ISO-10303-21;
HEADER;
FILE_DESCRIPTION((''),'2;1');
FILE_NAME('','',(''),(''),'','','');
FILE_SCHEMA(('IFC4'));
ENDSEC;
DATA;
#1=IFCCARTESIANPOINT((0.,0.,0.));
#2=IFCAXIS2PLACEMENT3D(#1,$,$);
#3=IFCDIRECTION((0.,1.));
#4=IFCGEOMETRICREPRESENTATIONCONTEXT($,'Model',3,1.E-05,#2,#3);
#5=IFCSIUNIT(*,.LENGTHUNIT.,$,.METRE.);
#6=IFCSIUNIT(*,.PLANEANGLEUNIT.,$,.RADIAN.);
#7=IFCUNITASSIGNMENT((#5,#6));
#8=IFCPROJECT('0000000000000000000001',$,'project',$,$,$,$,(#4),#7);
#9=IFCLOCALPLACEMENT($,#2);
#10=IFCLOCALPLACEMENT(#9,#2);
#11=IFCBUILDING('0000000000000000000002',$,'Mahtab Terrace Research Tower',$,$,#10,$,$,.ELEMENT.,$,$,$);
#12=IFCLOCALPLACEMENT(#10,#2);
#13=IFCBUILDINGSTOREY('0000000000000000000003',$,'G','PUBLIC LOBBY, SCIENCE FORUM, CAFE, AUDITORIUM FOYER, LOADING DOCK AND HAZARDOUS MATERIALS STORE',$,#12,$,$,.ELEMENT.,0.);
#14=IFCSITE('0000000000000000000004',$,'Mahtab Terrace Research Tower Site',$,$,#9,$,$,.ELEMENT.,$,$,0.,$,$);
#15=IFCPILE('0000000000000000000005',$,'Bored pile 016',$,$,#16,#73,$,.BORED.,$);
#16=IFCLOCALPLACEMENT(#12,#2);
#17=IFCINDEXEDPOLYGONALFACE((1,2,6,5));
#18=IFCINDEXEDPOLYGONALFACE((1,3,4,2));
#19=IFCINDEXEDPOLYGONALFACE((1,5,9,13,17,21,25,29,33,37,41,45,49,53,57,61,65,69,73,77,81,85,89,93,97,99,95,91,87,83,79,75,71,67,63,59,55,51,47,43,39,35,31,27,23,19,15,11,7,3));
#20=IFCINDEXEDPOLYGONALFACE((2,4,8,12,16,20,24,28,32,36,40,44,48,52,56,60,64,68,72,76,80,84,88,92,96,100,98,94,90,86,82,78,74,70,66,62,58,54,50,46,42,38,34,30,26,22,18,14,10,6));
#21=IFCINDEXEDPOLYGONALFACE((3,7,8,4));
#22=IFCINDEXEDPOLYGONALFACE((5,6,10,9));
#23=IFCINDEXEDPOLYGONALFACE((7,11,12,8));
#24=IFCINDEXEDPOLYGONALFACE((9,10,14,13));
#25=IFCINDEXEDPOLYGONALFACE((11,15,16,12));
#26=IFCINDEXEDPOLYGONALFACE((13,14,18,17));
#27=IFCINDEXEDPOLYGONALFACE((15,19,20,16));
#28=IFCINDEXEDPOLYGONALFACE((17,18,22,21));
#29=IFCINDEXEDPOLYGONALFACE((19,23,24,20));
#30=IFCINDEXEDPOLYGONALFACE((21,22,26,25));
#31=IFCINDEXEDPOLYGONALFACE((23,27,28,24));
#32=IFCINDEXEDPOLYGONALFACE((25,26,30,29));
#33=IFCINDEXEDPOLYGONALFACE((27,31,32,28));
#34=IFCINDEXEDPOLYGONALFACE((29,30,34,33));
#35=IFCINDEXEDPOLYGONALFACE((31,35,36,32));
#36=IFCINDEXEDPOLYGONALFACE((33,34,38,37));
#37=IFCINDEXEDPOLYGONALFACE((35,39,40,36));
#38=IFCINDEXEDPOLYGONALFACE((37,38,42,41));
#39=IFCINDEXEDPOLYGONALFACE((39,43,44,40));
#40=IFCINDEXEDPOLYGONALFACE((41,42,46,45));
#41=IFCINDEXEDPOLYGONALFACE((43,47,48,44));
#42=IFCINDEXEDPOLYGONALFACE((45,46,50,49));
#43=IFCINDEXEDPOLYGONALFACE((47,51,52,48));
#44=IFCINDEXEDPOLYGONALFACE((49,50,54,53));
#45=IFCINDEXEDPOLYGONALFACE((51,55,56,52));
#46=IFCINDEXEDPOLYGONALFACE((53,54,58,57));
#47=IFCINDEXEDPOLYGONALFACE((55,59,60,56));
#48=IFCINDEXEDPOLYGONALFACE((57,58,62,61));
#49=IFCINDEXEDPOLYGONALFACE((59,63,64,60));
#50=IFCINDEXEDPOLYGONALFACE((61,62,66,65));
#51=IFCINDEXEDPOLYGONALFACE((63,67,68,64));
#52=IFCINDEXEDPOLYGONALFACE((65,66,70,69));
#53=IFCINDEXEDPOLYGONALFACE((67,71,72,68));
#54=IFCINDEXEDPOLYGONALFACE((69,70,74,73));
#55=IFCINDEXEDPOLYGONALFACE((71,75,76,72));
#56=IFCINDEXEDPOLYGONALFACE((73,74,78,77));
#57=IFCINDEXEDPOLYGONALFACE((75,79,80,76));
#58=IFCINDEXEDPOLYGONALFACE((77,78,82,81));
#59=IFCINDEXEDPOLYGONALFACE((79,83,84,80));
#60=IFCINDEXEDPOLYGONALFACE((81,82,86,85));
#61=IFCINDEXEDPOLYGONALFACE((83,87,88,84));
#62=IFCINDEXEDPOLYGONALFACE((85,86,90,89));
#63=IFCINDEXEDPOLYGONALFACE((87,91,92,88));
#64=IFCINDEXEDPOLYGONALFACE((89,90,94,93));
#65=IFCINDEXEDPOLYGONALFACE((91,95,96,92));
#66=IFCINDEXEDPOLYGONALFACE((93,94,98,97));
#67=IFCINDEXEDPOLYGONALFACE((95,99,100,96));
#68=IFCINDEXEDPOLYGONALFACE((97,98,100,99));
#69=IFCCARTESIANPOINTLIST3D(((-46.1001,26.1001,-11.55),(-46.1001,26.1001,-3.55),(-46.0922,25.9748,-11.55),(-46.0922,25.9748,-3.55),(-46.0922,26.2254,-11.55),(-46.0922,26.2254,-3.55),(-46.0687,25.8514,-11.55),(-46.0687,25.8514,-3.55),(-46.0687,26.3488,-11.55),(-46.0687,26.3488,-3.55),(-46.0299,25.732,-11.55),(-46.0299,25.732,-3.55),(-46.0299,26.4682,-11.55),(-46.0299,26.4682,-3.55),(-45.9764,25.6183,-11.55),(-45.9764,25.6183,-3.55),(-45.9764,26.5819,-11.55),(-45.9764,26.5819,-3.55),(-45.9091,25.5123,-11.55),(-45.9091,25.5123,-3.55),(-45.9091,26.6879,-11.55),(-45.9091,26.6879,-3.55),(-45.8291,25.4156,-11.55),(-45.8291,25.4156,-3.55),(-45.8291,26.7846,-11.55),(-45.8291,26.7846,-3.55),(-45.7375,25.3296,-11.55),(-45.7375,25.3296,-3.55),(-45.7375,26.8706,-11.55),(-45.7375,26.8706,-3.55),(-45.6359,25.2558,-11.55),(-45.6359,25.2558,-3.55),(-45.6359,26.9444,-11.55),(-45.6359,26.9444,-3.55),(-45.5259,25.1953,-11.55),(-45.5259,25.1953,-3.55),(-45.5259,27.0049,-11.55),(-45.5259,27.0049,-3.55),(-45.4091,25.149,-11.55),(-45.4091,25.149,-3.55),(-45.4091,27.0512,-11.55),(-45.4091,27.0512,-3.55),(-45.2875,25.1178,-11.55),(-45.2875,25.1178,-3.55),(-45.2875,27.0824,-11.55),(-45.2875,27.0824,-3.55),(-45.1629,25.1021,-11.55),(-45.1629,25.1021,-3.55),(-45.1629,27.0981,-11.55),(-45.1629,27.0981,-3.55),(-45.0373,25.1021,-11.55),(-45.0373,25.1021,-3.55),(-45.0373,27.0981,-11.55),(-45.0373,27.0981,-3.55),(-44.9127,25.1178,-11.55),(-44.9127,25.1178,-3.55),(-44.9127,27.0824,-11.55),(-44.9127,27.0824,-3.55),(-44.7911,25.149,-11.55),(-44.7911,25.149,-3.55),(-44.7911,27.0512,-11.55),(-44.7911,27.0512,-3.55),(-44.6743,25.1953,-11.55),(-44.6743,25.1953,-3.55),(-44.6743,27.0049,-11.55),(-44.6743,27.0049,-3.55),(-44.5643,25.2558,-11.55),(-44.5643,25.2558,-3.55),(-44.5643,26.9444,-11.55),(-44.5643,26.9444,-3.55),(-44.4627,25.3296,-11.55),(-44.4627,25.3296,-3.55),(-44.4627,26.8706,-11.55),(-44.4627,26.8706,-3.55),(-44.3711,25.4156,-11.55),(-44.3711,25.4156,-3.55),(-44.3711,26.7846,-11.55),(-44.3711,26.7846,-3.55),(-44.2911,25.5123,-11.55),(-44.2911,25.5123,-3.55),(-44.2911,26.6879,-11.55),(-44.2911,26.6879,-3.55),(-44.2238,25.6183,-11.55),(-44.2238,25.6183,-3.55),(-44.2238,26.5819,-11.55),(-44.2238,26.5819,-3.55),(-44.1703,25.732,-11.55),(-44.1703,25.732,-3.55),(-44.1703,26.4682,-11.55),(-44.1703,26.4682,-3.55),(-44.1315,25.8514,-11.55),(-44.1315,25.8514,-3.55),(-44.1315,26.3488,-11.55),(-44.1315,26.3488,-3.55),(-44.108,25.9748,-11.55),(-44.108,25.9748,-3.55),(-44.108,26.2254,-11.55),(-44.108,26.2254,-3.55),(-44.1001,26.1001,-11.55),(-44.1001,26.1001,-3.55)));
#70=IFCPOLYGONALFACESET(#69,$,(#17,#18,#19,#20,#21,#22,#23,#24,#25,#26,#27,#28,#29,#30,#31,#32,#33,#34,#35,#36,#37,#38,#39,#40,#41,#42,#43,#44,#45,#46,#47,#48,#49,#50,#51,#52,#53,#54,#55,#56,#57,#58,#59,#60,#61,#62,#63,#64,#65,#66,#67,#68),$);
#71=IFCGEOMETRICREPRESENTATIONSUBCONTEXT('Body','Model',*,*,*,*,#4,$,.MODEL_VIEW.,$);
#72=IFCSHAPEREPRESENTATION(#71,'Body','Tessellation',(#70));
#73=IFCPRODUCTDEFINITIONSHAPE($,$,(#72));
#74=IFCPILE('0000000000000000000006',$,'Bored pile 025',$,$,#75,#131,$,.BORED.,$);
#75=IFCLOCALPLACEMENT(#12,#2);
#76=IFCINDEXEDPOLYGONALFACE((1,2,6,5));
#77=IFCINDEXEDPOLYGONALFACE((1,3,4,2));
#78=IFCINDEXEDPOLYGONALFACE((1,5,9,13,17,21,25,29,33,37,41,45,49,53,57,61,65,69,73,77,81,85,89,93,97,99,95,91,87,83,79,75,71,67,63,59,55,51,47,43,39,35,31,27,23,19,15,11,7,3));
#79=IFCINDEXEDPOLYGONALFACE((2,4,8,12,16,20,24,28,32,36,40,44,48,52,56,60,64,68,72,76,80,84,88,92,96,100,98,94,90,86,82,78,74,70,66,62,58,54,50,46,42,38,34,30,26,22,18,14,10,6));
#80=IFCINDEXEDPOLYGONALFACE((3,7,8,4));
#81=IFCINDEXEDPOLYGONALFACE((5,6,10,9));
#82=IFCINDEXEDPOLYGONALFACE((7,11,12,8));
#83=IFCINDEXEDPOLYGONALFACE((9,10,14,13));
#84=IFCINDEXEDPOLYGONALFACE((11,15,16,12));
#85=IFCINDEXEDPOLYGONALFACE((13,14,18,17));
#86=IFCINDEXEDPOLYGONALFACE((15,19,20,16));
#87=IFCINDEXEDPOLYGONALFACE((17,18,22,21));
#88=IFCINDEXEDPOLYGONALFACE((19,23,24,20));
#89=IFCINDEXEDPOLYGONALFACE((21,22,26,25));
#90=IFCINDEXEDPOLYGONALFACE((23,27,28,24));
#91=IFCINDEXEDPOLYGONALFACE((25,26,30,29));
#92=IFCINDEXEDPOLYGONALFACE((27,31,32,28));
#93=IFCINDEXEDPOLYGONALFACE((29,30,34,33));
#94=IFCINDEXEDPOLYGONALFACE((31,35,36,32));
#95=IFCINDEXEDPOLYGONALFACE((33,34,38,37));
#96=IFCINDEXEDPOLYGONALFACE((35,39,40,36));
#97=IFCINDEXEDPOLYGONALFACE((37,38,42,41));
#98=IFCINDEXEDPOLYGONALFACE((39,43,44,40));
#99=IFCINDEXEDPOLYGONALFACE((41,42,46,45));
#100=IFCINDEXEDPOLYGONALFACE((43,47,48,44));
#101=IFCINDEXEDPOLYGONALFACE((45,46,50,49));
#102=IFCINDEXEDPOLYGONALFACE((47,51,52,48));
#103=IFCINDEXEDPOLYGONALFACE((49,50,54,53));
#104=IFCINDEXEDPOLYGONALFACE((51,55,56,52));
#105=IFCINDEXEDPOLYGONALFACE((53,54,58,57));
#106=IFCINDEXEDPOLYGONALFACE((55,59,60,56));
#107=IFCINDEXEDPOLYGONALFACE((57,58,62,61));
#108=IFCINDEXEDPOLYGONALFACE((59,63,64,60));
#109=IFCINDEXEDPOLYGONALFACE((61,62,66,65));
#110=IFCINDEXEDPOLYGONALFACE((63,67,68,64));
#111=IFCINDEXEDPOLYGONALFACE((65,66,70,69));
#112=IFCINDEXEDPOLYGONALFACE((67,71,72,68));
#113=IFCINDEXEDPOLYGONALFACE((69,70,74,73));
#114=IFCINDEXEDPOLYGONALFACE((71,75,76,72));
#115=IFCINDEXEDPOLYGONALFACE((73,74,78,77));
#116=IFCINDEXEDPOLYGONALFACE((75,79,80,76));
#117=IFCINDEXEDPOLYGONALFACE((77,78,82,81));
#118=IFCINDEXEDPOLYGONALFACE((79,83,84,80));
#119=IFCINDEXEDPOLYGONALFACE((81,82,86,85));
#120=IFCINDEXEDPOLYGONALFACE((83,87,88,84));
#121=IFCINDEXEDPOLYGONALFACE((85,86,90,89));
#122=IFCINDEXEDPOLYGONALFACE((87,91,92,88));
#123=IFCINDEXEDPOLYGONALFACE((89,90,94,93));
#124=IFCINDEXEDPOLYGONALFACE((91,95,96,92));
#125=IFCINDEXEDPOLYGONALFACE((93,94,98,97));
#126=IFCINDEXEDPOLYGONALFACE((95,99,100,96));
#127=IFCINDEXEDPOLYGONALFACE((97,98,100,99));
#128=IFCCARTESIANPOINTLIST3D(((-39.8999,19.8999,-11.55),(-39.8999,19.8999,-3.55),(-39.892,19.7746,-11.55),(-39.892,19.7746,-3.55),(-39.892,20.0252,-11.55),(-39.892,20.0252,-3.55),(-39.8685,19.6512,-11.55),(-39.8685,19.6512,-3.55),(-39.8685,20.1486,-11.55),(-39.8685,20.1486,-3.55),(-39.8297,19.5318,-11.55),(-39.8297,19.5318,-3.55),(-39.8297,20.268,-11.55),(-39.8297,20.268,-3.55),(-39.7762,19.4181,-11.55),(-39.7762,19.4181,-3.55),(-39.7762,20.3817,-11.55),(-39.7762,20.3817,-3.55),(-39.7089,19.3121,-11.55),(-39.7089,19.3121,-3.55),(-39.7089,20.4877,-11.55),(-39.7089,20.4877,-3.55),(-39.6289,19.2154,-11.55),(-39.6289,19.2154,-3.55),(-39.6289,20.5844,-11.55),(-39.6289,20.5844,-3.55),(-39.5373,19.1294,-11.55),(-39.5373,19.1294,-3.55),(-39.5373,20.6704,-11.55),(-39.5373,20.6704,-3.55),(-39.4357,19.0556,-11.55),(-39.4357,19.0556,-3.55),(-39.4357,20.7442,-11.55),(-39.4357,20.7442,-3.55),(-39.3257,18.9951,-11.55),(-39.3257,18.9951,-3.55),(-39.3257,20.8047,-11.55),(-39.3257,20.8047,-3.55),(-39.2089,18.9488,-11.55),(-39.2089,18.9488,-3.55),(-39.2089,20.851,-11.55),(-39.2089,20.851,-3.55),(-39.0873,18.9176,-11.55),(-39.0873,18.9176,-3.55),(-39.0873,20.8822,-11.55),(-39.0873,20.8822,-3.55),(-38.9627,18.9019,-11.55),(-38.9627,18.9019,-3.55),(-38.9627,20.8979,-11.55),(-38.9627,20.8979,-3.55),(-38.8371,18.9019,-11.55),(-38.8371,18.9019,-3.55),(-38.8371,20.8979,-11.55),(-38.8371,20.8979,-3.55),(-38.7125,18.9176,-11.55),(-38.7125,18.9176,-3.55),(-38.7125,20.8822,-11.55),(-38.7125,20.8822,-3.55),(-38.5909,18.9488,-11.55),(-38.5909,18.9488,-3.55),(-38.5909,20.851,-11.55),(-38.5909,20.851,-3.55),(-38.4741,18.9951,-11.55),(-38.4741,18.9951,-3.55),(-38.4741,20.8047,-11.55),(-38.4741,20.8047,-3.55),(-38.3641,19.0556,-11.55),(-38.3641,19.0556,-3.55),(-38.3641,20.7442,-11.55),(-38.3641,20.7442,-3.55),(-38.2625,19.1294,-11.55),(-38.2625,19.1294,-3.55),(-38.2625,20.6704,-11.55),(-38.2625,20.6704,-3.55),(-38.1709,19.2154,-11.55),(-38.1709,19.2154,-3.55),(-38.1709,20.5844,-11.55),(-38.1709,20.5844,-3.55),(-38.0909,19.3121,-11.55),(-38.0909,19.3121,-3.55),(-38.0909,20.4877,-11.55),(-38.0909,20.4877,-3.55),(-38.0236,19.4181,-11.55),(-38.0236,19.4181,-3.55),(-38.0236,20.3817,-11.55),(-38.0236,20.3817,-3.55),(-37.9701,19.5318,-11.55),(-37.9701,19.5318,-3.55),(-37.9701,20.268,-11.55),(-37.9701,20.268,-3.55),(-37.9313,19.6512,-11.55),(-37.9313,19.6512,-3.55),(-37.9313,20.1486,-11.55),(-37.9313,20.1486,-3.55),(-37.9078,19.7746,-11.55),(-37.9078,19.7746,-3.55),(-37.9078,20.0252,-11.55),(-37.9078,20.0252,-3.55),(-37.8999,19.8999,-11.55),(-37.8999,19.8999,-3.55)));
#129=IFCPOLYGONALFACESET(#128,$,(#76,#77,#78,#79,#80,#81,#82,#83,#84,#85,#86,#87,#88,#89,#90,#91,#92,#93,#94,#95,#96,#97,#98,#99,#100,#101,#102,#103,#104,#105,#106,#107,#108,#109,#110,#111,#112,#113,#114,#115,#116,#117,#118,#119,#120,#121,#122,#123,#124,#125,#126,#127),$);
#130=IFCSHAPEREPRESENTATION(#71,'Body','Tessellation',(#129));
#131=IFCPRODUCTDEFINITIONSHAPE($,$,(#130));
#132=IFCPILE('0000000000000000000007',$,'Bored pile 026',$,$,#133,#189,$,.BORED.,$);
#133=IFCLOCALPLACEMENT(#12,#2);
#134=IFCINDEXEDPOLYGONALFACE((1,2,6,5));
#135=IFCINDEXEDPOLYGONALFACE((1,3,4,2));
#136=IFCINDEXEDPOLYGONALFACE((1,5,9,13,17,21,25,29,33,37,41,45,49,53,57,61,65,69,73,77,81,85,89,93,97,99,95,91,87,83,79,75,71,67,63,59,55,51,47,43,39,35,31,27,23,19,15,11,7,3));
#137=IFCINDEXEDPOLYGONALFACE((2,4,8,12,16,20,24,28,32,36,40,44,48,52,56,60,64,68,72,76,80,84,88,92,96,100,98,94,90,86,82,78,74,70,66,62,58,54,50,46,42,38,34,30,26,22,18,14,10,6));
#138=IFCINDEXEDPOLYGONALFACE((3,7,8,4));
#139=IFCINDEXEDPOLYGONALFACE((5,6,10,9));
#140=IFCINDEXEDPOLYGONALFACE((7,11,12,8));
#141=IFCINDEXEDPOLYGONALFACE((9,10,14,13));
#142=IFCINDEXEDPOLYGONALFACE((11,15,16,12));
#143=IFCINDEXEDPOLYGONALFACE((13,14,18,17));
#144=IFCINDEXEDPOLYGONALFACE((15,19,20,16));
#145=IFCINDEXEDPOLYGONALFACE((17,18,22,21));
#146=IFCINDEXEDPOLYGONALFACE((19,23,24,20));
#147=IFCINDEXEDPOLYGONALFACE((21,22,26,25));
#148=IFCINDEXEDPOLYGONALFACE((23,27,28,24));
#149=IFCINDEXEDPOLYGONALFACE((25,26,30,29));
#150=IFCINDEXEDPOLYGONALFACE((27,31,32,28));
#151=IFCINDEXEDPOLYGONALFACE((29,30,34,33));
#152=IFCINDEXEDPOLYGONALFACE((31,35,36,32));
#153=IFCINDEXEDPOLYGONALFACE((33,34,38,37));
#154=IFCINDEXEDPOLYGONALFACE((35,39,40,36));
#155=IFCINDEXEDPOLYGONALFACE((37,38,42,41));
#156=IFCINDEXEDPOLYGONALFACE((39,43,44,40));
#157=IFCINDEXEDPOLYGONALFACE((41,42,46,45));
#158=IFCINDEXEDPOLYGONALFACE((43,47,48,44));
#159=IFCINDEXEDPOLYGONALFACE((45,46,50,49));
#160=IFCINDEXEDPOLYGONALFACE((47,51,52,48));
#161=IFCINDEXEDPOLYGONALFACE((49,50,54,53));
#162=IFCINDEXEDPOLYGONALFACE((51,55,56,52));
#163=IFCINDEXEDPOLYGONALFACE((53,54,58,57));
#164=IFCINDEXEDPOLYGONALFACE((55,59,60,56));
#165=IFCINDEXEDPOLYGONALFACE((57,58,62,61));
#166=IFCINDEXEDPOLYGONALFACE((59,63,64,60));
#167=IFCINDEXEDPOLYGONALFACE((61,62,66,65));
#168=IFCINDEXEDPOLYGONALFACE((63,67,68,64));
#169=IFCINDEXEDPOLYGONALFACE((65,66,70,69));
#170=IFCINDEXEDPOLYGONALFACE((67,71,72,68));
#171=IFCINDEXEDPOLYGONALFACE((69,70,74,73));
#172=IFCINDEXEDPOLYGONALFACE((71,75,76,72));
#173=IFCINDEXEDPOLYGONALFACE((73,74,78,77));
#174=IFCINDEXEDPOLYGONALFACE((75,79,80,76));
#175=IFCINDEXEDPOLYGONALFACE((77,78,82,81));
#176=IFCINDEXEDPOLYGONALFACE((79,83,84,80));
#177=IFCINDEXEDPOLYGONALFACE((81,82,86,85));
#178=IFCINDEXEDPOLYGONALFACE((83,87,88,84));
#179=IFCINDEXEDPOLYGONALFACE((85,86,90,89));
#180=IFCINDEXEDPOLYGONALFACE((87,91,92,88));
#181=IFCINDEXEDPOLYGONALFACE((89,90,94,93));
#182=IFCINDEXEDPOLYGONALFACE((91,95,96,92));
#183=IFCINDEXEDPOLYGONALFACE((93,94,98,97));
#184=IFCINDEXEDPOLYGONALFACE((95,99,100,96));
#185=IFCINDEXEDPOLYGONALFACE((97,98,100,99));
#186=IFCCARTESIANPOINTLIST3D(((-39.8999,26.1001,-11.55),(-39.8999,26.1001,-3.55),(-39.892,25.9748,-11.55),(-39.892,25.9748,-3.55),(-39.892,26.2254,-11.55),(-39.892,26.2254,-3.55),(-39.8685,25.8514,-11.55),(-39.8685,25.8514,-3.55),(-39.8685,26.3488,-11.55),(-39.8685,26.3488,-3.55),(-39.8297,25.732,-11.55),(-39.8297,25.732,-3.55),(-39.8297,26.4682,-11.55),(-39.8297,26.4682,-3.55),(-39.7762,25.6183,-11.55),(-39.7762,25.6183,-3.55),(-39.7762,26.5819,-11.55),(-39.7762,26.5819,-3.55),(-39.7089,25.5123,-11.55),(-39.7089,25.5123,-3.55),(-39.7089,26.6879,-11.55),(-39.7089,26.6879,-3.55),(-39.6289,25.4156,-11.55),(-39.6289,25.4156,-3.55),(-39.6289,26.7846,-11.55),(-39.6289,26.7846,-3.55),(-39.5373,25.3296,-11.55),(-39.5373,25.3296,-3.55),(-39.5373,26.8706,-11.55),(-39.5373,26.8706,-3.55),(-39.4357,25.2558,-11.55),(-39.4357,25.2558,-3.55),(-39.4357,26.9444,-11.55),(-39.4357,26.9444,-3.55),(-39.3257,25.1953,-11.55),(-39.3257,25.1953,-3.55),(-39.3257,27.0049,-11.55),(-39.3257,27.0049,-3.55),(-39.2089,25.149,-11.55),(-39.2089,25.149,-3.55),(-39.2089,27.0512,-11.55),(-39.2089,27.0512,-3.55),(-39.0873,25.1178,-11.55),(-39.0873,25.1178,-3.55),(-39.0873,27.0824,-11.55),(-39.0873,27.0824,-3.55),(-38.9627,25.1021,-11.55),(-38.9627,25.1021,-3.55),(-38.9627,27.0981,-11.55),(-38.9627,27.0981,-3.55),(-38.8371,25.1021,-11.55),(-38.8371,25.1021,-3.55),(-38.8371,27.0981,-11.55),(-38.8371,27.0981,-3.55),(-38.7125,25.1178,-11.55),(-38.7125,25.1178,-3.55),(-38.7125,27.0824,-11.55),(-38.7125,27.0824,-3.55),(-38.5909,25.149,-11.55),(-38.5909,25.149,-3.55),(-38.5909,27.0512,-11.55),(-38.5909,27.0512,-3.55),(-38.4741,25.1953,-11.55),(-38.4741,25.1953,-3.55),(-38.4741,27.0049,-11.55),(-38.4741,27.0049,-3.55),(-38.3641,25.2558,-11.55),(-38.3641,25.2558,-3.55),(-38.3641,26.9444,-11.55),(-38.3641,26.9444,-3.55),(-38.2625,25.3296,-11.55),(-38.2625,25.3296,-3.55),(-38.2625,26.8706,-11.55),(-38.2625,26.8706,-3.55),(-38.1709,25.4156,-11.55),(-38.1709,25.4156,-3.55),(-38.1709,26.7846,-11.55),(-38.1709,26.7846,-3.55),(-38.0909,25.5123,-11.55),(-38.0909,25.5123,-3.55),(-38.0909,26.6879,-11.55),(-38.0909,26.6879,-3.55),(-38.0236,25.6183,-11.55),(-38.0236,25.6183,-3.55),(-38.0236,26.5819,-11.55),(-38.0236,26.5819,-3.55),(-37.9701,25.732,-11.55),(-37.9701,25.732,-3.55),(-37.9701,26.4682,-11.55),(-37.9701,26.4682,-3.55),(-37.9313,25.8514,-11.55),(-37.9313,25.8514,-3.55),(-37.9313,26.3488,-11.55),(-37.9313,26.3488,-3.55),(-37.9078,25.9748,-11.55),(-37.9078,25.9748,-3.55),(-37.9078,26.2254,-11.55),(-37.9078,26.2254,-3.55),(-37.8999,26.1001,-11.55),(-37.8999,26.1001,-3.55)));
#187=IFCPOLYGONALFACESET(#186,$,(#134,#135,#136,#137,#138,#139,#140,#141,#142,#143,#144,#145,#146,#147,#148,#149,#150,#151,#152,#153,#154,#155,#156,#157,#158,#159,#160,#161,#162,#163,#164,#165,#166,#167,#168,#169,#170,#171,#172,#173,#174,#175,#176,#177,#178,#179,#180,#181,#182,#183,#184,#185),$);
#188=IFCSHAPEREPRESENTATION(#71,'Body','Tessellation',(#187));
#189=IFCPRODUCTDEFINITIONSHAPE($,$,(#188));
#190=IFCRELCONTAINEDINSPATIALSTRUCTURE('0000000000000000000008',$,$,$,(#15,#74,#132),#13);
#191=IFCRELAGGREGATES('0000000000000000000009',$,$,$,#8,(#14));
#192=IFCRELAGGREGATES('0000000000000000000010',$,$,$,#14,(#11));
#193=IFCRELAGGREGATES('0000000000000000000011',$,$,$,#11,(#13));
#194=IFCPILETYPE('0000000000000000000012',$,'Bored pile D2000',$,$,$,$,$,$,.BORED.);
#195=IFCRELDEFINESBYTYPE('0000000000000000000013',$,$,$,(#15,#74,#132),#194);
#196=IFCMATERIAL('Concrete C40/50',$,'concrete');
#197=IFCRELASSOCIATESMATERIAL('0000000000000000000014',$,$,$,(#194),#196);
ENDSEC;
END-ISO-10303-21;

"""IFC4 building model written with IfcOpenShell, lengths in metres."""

from ifc_helpers import new_model, si_unit, direction, frame, origin, origin_2d, place, context, subcontext, project, spatial, circle, extrude, material, material_profile, profile_set, type_object, element, save


model = new_model("IFC4")

# Units and contexts
model_context = context("Model", 3, precision=1e-05, world=origin(), true_north=direction((0.0, 1.0)))
body_context = subcontext(model_context, "Body", "Model", "MODEL_VIEW")
ifc_project = project(units=[si_unit("LENGTHUNIT", "METRE"), si_unit("PLANEANGLEUNIT", "RADIAN")], contexts=[model_context])

# Site, building, storey
site_placement = place(None, origin())
site = spatial("IfcSite", under=ifc_project, at=site_placement, Name="Mahtab Terrace Research Tower Site", CompositionType="ELEMENT", RefElevation=0.0)
building_placement = place(site_placement, origin())
building = spatial("IfcBuilding", under=site, at=building_placement, Name="Mahtab Terrace Research Tower", CompositionType="ELEMENT")
storey_placement = place(building_placement, origin())
storey = spatial("IfcBuildingStorey", under=building, at=storey_placement, Name="G", Description="PUBLIC LOBBY, SCIENCE FORUM, CAFE, AUDITORIUM FOYER, LOADING DOCK AND HAZARDOUS MATERIALS STORE", CompositionType="ELEMENT", Elevation=0.0)

# Piles
ifc_material_1 = material(Name="Concrete C40/50", Category="concrete")
ifc_material_profile_1 = material_profile(ifc_material_1, circle(Radius=1.0, at=origin_2d()), Name="Bored pile D2000")
ifc_profile_set_1 = profile_set([ifc_material_profile_1], Name="Concrete C40/50")
pile_type_1 = type_object("IfcPileType", Name="Bored pile D2000", PredefinedType="BORED", material=ifc_profile_set_1)
for number, where, z_axis, x_axis, name in (
    (1, (-45.1001, 26.1001, -3.55), (0.0, 0.0, -1.0), (1.0, 0.0, 0.0), "Bored pile 016"),
    (2, (-38.8999, 19.8999, -3.55), (0.0, 0.0, -1.0), (1.0, 0.0, 0.0), "Bored pile 025"),
    (3, (-38.8999, 26.1001, -3.55), (0.0, 0.0, -1.0), (1.0, 0.0, 0.0), "Bored pile 026"),
):
    element("IfcPile", number, at=place(storey_placement, frame(where, z_axis=z_axis, x_axis=x_axis)), inside=storey, type_object=pile_type_1, Name=name, PredefinedType="BORED", context=body_context, shape_type="SweptSolid", body=[
        extrude(circle(Radius=1.0, at=origin_2d()), origin(), (0.0, 0.0, 1.0), 8.0),
    ])

save(model, "model.ifc")
